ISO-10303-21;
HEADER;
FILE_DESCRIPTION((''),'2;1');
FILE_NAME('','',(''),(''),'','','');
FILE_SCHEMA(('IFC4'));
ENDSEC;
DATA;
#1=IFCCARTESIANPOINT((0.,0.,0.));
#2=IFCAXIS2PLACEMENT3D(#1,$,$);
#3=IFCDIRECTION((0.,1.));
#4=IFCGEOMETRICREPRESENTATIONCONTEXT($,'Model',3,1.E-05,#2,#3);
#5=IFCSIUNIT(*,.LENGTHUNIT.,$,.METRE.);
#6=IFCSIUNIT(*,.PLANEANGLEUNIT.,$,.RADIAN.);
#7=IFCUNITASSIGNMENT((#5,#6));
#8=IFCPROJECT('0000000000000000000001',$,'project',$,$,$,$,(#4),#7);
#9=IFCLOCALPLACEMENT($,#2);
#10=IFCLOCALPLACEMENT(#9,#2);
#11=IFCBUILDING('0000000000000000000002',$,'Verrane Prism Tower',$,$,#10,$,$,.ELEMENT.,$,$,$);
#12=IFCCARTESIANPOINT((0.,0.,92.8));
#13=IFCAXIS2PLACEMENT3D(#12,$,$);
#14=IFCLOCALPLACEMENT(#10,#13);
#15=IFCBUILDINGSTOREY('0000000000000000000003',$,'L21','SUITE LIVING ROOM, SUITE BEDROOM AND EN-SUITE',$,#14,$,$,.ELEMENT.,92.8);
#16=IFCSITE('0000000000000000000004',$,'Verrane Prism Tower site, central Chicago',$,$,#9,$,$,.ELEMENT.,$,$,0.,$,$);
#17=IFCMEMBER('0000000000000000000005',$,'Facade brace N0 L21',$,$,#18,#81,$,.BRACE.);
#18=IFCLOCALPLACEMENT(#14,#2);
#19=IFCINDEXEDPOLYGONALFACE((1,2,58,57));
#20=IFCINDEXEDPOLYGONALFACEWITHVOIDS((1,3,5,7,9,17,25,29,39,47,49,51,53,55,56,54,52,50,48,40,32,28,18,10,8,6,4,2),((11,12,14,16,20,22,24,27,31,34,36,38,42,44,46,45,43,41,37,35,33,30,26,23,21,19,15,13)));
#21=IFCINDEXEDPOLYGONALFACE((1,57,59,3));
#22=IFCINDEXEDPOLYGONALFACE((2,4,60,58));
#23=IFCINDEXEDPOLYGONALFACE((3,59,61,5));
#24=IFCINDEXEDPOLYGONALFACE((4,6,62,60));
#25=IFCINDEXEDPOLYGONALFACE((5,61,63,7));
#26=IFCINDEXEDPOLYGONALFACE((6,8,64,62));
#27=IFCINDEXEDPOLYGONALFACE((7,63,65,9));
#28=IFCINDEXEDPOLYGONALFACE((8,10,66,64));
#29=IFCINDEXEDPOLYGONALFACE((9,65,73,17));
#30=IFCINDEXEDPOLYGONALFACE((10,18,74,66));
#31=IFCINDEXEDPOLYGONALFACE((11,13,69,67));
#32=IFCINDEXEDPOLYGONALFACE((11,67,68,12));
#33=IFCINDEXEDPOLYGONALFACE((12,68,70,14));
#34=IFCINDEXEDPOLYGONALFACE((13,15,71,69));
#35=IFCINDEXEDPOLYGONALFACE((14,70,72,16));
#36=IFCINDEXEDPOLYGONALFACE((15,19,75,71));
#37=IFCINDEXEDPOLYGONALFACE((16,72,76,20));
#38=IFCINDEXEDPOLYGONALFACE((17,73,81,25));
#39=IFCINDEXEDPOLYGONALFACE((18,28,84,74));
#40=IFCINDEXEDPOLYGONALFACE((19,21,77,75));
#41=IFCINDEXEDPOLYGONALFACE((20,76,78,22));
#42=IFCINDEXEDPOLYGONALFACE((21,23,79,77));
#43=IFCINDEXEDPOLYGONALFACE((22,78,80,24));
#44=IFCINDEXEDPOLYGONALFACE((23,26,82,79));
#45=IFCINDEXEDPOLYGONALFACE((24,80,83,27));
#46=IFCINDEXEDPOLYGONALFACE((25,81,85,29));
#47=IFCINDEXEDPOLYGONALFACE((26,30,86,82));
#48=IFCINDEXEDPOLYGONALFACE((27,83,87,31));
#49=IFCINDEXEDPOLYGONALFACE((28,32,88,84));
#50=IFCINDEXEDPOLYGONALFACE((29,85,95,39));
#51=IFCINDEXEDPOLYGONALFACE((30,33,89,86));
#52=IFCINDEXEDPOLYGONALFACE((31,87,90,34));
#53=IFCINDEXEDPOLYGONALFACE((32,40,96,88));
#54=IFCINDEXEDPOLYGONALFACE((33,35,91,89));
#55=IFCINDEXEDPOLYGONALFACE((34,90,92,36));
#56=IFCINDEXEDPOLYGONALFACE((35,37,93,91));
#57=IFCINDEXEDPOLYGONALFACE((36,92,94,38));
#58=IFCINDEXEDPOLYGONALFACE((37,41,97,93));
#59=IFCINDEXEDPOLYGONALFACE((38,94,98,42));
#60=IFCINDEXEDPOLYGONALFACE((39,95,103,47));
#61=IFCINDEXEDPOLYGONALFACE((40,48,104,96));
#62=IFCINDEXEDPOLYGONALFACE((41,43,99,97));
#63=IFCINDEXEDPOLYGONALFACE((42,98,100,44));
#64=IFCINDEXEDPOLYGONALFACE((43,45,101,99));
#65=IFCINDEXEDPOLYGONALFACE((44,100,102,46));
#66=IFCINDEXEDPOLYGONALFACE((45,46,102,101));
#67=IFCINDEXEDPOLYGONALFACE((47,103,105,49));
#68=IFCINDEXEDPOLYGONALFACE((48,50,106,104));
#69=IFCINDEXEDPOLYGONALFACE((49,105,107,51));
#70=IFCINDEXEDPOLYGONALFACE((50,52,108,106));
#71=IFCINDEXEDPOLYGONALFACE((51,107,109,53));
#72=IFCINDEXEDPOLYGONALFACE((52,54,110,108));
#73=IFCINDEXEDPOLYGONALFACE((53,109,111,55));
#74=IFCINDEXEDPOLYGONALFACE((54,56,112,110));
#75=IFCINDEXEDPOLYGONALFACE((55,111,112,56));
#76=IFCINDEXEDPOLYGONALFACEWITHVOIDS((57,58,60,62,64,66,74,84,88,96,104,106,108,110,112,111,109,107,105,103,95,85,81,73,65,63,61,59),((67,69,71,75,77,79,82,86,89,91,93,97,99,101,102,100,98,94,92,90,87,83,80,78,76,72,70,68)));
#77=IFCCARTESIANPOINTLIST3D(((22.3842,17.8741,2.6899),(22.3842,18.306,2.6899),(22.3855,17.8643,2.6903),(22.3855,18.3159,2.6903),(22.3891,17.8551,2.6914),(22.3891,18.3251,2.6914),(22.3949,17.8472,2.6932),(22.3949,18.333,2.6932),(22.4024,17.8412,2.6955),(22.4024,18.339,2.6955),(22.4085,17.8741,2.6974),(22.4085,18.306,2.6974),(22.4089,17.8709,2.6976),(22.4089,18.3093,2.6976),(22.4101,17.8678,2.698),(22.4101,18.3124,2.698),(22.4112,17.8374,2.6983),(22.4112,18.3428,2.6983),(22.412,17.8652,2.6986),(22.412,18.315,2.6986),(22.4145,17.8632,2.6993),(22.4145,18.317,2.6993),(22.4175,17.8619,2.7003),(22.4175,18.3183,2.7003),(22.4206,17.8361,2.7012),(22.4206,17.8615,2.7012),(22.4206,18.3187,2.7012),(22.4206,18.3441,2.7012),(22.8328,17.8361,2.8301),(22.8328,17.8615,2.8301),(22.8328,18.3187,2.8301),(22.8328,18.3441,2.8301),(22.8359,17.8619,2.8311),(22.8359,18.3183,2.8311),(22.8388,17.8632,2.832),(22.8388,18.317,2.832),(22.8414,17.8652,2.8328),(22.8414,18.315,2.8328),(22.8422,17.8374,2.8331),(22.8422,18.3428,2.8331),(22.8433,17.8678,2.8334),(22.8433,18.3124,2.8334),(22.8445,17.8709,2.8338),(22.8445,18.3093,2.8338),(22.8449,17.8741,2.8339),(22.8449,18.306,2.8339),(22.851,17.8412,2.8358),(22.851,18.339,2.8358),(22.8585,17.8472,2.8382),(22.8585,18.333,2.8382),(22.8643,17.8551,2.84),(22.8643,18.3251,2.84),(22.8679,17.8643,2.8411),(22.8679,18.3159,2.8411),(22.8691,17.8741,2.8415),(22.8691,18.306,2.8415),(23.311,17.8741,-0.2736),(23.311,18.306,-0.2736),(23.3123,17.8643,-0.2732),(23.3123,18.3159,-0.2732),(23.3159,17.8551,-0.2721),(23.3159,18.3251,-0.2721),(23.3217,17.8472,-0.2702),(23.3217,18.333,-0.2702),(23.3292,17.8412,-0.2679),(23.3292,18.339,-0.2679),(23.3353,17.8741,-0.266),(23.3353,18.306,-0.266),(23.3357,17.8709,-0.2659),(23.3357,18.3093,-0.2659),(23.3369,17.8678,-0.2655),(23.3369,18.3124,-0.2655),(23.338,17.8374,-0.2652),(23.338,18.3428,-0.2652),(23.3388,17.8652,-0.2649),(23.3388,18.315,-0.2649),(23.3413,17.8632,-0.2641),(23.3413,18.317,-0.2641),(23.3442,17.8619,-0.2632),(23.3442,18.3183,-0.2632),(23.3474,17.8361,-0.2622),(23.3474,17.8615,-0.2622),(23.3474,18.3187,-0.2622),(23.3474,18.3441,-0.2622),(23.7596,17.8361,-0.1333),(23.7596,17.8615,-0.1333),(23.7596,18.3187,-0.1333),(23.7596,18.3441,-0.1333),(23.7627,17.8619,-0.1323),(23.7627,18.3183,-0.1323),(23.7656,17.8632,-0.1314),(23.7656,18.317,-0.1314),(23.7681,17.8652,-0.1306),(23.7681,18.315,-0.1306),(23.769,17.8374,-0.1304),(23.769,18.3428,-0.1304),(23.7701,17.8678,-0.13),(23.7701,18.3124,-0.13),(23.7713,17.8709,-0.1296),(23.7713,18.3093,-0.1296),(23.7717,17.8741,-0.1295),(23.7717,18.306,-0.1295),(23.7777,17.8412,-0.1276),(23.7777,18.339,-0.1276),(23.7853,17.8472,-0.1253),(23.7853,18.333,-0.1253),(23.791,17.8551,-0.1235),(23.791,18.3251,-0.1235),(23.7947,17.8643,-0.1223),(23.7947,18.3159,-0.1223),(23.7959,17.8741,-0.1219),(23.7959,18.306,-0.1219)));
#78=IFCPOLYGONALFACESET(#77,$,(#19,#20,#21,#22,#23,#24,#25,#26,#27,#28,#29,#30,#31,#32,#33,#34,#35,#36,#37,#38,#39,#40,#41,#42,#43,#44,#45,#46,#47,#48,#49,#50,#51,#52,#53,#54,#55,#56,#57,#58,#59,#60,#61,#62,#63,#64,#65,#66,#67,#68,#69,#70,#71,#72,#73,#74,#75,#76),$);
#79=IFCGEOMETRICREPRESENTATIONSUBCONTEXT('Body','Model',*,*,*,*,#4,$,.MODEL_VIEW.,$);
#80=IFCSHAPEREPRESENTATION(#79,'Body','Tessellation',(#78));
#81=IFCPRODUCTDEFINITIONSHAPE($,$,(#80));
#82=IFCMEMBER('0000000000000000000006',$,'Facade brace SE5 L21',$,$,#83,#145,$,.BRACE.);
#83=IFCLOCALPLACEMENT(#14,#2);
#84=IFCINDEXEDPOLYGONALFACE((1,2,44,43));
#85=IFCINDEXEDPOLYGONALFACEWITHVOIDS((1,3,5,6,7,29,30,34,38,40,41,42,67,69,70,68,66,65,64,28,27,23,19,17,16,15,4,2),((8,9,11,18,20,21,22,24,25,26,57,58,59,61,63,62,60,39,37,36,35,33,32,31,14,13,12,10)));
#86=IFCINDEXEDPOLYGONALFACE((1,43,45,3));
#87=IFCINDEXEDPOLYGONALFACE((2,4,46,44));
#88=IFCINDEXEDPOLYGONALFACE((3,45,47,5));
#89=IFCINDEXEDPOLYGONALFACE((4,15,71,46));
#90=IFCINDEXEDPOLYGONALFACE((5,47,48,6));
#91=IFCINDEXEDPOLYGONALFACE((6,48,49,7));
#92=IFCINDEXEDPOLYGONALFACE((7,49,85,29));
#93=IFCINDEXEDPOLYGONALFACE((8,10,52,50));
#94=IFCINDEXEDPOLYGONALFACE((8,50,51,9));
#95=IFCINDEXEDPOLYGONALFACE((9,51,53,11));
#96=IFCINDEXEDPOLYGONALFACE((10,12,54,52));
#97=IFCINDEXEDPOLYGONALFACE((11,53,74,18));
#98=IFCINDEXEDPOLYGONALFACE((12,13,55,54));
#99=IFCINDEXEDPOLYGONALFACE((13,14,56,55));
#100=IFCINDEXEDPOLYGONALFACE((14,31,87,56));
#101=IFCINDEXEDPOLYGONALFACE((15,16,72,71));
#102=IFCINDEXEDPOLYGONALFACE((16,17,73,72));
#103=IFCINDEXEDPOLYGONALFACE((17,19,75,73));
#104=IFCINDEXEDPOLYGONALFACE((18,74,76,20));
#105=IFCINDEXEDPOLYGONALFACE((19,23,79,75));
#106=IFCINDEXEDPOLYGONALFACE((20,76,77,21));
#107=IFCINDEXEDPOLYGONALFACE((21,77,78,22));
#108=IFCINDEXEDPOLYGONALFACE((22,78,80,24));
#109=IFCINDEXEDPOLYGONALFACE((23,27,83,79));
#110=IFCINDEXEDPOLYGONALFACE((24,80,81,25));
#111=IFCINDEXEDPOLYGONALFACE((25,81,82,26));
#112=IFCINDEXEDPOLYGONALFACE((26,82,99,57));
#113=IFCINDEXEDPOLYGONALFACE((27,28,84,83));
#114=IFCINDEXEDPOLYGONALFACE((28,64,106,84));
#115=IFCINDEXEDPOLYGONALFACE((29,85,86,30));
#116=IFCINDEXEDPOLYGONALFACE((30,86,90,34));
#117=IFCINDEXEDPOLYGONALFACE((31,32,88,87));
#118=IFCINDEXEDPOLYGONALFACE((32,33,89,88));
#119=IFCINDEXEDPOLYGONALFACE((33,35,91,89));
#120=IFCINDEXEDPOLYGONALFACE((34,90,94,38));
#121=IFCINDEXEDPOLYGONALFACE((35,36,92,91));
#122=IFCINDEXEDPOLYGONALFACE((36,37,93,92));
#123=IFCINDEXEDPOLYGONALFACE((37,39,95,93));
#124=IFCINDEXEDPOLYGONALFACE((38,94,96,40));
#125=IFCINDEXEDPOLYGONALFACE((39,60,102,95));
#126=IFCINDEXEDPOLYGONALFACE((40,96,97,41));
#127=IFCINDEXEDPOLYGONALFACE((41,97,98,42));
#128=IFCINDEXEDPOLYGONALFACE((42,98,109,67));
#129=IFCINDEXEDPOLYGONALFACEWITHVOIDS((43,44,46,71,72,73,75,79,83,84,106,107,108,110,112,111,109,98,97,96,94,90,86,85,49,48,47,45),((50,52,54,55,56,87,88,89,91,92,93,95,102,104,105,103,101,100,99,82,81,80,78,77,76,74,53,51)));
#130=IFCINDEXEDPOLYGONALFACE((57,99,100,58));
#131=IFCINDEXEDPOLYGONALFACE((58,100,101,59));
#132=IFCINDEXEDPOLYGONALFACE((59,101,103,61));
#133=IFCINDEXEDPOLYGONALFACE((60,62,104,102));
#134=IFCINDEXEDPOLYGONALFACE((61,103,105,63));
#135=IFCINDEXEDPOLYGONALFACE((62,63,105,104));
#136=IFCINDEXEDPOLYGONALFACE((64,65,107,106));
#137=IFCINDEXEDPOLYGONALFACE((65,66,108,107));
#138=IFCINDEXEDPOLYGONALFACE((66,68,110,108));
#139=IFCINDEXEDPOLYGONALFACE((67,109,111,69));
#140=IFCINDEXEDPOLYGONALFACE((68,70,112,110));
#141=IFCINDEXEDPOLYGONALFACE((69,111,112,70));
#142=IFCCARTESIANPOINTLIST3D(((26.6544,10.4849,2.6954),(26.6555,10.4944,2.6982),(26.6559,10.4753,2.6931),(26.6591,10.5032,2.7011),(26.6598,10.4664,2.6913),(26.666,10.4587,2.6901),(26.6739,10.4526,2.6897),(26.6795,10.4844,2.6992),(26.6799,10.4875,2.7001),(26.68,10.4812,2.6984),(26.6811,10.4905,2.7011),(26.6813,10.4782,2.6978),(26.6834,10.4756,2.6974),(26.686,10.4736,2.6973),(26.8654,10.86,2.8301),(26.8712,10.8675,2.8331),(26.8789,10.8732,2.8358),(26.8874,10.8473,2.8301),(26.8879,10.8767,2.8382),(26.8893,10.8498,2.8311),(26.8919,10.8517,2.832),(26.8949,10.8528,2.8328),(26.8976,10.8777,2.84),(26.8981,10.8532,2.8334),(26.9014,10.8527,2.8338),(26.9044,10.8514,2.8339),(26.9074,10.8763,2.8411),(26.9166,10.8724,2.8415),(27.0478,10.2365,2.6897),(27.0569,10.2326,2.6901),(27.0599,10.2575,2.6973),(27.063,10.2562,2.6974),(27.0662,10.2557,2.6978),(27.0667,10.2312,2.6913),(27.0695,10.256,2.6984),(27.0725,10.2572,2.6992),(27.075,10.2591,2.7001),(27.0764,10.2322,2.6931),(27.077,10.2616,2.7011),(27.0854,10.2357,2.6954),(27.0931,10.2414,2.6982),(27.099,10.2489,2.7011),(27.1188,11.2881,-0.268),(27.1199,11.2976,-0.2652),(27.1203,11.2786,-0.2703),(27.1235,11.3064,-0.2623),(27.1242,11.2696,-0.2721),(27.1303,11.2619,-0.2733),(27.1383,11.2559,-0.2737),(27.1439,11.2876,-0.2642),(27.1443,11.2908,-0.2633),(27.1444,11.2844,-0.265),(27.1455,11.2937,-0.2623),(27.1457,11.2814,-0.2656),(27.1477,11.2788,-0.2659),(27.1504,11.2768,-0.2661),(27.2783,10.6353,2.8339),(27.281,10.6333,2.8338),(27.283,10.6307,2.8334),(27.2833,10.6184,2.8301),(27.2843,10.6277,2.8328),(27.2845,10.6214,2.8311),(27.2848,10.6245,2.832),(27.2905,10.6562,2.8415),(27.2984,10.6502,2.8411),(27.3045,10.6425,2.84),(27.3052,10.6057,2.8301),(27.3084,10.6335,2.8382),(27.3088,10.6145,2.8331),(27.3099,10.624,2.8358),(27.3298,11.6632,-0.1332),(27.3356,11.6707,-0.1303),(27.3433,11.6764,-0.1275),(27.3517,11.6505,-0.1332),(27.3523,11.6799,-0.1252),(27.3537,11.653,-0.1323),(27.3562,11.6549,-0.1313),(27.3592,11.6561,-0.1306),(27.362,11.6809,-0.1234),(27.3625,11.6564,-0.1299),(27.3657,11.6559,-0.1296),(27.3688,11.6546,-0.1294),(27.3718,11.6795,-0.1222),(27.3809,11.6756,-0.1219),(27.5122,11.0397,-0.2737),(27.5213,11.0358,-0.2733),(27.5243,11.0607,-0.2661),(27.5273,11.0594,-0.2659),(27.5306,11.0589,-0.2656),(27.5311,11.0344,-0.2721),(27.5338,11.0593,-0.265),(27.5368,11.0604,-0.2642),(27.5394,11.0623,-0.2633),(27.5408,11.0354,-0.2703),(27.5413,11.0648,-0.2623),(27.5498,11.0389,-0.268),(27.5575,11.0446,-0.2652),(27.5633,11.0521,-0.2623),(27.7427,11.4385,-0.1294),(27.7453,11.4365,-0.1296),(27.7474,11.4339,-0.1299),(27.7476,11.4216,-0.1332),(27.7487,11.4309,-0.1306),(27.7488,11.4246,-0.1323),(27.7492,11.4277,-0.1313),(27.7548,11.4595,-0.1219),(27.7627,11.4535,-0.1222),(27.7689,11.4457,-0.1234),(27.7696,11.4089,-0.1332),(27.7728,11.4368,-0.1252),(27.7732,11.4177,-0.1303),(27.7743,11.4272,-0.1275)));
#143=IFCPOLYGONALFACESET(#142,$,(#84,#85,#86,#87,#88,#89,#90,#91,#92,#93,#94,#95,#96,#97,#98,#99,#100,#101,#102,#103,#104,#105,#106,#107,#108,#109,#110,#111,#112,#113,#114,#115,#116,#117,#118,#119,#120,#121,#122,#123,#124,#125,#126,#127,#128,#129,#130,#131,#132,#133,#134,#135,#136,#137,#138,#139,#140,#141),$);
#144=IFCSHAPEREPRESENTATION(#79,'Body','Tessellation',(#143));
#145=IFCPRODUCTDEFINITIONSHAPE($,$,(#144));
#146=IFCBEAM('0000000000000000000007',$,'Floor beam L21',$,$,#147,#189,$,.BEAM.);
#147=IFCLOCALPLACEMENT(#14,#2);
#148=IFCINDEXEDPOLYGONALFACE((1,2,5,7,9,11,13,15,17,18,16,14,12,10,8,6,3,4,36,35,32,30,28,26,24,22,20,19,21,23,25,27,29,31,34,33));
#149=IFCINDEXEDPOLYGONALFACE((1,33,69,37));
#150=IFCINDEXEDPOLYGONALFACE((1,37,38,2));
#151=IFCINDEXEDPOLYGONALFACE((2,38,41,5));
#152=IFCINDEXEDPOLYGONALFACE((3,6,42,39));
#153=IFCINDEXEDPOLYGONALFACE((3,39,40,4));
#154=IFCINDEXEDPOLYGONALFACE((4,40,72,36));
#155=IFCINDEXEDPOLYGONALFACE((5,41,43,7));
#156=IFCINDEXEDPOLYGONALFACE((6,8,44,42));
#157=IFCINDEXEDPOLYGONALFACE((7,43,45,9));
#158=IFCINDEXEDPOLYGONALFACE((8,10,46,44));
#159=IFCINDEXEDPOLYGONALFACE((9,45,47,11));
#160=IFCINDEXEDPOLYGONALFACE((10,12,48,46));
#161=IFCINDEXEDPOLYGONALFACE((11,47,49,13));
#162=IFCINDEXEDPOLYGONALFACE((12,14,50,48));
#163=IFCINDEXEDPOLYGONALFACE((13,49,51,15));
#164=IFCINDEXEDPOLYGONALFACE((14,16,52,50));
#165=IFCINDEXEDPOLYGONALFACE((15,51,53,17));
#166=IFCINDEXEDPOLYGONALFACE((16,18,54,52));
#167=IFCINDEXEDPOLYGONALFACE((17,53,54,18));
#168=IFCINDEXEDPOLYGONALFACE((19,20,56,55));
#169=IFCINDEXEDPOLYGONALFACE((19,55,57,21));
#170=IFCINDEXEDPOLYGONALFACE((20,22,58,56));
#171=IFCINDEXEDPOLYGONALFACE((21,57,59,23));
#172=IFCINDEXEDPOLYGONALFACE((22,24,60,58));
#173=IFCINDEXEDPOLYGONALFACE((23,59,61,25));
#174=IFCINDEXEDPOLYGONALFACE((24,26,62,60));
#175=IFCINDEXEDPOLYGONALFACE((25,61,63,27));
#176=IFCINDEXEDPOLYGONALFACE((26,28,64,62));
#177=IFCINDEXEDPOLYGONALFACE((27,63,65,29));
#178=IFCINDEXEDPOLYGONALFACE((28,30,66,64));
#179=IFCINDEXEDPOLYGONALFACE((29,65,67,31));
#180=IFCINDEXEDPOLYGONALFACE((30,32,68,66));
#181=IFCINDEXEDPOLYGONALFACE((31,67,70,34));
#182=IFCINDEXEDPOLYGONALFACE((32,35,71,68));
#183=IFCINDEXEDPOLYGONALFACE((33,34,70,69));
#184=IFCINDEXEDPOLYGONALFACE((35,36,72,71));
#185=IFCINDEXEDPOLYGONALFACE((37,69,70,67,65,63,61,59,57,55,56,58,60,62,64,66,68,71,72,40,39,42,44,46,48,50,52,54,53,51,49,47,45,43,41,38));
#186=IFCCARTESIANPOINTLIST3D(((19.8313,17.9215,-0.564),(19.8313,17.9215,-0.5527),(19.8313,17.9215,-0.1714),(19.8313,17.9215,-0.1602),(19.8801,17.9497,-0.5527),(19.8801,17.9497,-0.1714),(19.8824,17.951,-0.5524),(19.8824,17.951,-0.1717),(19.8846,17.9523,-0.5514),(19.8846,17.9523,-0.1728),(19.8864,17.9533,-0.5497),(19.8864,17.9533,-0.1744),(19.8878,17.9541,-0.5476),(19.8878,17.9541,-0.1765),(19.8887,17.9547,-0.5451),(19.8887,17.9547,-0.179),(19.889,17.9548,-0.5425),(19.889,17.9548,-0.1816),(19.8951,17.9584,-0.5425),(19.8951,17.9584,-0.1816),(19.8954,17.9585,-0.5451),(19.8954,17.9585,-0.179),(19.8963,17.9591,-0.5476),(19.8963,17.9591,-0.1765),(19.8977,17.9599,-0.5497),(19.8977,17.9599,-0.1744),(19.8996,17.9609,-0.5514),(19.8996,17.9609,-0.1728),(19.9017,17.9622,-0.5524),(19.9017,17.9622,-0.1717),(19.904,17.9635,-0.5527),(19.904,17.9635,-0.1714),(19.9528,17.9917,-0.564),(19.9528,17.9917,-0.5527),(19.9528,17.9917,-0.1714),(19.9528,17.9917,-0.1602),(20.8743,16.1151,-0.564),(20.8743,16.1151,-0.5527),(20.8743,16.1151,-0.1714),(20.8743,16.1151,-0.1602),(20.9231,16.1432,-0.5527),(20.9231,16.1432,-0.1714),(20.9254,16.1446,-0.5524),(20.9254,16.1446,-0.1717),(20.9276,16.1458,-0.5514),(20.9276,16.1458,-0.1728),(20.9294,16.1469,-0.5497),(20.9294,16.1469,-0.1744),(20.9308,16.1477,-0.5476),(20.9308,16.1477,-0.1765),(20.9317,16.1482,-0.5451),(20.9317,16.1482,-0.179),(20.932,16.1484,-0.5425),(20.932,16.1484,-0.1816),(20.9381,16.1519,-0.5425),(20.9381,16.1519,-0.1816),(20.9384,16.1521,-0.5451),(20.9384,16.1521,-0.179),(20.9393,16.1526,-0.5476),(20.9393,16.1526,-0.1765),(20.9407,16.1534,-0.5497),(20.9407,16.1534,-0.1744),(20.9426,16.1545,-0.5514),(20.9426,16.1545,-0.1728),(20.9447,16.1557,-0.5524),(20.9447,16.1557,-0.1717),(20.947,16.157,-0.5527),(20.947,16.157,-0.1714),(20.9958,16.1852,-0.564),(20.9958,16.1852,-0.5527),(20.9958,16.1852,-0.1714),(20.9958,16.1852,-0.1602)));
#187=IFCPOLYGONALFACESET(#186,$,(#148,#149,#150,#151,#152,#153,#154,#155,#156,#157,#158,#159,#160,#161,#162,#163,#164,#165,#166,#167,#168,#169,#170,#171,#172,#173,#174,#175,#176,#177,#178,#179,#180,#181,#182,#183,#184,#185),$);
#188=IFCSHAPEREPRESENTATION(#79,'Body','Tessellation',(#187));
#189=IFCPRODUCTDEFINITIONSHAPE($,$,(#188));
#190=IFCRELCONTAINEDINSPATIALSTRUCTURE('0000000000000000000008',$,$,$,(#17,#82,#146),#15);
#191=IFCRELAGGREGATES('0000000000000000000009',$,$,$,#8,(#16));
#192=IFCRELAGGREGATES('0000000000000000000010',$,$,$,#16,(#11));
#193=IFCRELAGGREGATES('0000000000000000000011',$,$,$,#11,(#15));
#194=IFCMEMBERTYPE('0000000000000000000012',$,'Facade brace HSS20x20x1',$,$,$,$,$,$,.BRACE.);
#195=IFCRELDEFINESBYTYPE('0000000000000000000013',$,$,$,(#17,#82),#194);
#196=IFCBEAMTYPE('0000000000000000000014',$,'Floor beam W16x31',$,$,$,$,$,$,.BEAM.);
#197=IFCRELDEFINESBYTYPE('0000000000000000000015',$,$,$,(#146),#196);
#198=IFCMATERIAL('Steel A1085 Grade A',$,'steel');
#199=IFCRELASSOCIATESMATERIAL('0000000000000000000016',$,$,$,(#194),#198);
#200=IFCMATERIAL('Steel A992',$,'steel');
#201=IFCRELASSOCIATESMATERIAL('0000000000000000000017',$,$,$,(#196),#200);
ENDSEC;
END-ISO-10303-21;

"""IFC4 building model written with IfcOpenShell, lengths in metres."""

from ifc_helpers import new_model, si_unit, direction, frame, origin, origin_2d, place, context, subcontext, project, spatial, hollow_rectangle, i_section, extrude, material, material_profile, profile_set, type_object, element, save


model = new_model("IFC4")

# Units and contexts
model_context = context("Model", 3, precision=1e-05, world=origin(), true_north=direction((0.0, 1.0)))
body_context = subcontext(model_context, "Body", "Model", "MODEL_VIEW")
ifc_project = project(units=[si_unit("LENGTHUNIT", "METRE"), si_unit("PLANEANGLEUNIT", "RADIAN")], contexts=[model_context])

# Site, building, storey
site_placement = place(None, origin())
site = spatial("IfcSite", under=ifc_project, at=site_placement, Name="Verrane Prism Tower site, central Chicago", CompositionType="ELEMENT", RefElevation=0.0)
building_placement = place(site_placement, origin())
building = spatial("IfcBuilding", under=site, at=building_placement, Name="Verrane Prism Tower", CompositionType="ELEMENT")
storey_placement = place(building_placement, frame((0.0, 0.0, 92.8)))
storey = spatial("IfcBuildingStorey", under=building, at=storey_placement, Name="L21", Description="SUITE LIVING ROOM, SUITE BEDROOM AND EN-SUITE", CompositionType="ELEMENT", Elevation=92.8)

# Members
ifc_material_1 = material(Name="Steel A1085 Grade A", Category="steel")
ifc_material_profile_1 = material_profile(ifc_material_1, hollow_rectangle(XDim=0.5081, YDim=0.5081, WallThickness=0.0254, InnerFilletRadius=0.0127, OuterFilletRadius=0.0381, at=origin_2d()), Name="HSS20x20x1")
ifc_profile_set_1 = profile_set([ifc_material_profile_1], Name="Steel A1085 Grade A")
member_type_1 = type_object("IfcMemberType", Name="Facade brace HSS20x20x1", PredefinedType="BRACE", material=ifc_profile_set_1)
member_1_placement = place(storey_placement, frame((23.5535, 18.0901, -0.1978), z_axis=(-0.298481, 0.0, 0.954416), x_axis=(0.0, -1.0, 0.0)))
element("IfcMember", 1, at=member_1_placement, inside=storey, type_object=member_type_1, Name="Facade brace N0 L21", PredefinedType="BRACE", context=body_context, shape_type="SweptSolid", body=[
    extrude(hollow_rectangle(XDim=0.5081, YDim=0.5081, WallThickness=0.0254, InnerFilletRadius=0.0127, OuterFilletRadius=0.0381, at=origin_2d()), origin(), (0.0, 0.0, 1.0), 3.105),
])
member_2_placement = place(storey_placement, frame((27.4465, 11.3577, -0.1978), z_axis=(-0.14954, -0.258668, 0.954321), x_axis=(0.865738, -0.500497, 0.0)))
element("IfcMember", 2, at=member_2_placement, inside=storey, type_object=member_type_1, Name="Facade brace SE5 L21", PredefinedType="BRACE", context=body_context, shape_type="SweptSolid", body=[
    extrude(hollow_rectangle(XDim=0.5081, YDim=0.5081, WallThickness=0.0254, InnerFilletRadius=0.0127, OuterFilletRadius=0.0381, at=origin_2d()), origin(), (0.0, 0.0, 1.0), 3.1052),
])

# Beam
ifc_material_2 = material(Name="Steel A992", Category="steel")
ifc_material_profile_2 = material_profile(ifc_material_2, i_section(OverallWidth=0.1404, OverallDepth=0.4038, WebThickness=0.0071, FlangeThickness=0.0112, FilletRadius=0.0103, at=origin_2d()), Name="W16x31")
ifc_profile_set_2 = profile_set([ifc_material_profile_2], Name="Steel A992")
beam_type_1 = type_object("IfcBeamType", Name="Floor beam W16x31", PredefinedType="BEAM", material=ifc_profile_set_2)
beam_1_placement = place(storey_placement, frame((20.9351, 16.1501, -0.3621), z_axis=(-0.500016, 0.866016, 0.0), x_axis=(-0.866016, -0.500016, 0.0)))
element("IfcBeam", 3, at=beam_1_placement, inside=storey, type_object=beam_type_1, Name="Floor beam L21", PredefinedType="BEAM", context=body_context, shape_type="SweptSolid", body=[
    extrude(i_section(OverallWidth=0.1404, OverallDepth=0.4038, WebThickness=0.0071, FlangeThickness=0.0112, FilletRadius=0.0103, at=origin_2d()), origin(), (0.0, 0.0, 1.0), 2.0859),
])

save(model, "model.ifc")
